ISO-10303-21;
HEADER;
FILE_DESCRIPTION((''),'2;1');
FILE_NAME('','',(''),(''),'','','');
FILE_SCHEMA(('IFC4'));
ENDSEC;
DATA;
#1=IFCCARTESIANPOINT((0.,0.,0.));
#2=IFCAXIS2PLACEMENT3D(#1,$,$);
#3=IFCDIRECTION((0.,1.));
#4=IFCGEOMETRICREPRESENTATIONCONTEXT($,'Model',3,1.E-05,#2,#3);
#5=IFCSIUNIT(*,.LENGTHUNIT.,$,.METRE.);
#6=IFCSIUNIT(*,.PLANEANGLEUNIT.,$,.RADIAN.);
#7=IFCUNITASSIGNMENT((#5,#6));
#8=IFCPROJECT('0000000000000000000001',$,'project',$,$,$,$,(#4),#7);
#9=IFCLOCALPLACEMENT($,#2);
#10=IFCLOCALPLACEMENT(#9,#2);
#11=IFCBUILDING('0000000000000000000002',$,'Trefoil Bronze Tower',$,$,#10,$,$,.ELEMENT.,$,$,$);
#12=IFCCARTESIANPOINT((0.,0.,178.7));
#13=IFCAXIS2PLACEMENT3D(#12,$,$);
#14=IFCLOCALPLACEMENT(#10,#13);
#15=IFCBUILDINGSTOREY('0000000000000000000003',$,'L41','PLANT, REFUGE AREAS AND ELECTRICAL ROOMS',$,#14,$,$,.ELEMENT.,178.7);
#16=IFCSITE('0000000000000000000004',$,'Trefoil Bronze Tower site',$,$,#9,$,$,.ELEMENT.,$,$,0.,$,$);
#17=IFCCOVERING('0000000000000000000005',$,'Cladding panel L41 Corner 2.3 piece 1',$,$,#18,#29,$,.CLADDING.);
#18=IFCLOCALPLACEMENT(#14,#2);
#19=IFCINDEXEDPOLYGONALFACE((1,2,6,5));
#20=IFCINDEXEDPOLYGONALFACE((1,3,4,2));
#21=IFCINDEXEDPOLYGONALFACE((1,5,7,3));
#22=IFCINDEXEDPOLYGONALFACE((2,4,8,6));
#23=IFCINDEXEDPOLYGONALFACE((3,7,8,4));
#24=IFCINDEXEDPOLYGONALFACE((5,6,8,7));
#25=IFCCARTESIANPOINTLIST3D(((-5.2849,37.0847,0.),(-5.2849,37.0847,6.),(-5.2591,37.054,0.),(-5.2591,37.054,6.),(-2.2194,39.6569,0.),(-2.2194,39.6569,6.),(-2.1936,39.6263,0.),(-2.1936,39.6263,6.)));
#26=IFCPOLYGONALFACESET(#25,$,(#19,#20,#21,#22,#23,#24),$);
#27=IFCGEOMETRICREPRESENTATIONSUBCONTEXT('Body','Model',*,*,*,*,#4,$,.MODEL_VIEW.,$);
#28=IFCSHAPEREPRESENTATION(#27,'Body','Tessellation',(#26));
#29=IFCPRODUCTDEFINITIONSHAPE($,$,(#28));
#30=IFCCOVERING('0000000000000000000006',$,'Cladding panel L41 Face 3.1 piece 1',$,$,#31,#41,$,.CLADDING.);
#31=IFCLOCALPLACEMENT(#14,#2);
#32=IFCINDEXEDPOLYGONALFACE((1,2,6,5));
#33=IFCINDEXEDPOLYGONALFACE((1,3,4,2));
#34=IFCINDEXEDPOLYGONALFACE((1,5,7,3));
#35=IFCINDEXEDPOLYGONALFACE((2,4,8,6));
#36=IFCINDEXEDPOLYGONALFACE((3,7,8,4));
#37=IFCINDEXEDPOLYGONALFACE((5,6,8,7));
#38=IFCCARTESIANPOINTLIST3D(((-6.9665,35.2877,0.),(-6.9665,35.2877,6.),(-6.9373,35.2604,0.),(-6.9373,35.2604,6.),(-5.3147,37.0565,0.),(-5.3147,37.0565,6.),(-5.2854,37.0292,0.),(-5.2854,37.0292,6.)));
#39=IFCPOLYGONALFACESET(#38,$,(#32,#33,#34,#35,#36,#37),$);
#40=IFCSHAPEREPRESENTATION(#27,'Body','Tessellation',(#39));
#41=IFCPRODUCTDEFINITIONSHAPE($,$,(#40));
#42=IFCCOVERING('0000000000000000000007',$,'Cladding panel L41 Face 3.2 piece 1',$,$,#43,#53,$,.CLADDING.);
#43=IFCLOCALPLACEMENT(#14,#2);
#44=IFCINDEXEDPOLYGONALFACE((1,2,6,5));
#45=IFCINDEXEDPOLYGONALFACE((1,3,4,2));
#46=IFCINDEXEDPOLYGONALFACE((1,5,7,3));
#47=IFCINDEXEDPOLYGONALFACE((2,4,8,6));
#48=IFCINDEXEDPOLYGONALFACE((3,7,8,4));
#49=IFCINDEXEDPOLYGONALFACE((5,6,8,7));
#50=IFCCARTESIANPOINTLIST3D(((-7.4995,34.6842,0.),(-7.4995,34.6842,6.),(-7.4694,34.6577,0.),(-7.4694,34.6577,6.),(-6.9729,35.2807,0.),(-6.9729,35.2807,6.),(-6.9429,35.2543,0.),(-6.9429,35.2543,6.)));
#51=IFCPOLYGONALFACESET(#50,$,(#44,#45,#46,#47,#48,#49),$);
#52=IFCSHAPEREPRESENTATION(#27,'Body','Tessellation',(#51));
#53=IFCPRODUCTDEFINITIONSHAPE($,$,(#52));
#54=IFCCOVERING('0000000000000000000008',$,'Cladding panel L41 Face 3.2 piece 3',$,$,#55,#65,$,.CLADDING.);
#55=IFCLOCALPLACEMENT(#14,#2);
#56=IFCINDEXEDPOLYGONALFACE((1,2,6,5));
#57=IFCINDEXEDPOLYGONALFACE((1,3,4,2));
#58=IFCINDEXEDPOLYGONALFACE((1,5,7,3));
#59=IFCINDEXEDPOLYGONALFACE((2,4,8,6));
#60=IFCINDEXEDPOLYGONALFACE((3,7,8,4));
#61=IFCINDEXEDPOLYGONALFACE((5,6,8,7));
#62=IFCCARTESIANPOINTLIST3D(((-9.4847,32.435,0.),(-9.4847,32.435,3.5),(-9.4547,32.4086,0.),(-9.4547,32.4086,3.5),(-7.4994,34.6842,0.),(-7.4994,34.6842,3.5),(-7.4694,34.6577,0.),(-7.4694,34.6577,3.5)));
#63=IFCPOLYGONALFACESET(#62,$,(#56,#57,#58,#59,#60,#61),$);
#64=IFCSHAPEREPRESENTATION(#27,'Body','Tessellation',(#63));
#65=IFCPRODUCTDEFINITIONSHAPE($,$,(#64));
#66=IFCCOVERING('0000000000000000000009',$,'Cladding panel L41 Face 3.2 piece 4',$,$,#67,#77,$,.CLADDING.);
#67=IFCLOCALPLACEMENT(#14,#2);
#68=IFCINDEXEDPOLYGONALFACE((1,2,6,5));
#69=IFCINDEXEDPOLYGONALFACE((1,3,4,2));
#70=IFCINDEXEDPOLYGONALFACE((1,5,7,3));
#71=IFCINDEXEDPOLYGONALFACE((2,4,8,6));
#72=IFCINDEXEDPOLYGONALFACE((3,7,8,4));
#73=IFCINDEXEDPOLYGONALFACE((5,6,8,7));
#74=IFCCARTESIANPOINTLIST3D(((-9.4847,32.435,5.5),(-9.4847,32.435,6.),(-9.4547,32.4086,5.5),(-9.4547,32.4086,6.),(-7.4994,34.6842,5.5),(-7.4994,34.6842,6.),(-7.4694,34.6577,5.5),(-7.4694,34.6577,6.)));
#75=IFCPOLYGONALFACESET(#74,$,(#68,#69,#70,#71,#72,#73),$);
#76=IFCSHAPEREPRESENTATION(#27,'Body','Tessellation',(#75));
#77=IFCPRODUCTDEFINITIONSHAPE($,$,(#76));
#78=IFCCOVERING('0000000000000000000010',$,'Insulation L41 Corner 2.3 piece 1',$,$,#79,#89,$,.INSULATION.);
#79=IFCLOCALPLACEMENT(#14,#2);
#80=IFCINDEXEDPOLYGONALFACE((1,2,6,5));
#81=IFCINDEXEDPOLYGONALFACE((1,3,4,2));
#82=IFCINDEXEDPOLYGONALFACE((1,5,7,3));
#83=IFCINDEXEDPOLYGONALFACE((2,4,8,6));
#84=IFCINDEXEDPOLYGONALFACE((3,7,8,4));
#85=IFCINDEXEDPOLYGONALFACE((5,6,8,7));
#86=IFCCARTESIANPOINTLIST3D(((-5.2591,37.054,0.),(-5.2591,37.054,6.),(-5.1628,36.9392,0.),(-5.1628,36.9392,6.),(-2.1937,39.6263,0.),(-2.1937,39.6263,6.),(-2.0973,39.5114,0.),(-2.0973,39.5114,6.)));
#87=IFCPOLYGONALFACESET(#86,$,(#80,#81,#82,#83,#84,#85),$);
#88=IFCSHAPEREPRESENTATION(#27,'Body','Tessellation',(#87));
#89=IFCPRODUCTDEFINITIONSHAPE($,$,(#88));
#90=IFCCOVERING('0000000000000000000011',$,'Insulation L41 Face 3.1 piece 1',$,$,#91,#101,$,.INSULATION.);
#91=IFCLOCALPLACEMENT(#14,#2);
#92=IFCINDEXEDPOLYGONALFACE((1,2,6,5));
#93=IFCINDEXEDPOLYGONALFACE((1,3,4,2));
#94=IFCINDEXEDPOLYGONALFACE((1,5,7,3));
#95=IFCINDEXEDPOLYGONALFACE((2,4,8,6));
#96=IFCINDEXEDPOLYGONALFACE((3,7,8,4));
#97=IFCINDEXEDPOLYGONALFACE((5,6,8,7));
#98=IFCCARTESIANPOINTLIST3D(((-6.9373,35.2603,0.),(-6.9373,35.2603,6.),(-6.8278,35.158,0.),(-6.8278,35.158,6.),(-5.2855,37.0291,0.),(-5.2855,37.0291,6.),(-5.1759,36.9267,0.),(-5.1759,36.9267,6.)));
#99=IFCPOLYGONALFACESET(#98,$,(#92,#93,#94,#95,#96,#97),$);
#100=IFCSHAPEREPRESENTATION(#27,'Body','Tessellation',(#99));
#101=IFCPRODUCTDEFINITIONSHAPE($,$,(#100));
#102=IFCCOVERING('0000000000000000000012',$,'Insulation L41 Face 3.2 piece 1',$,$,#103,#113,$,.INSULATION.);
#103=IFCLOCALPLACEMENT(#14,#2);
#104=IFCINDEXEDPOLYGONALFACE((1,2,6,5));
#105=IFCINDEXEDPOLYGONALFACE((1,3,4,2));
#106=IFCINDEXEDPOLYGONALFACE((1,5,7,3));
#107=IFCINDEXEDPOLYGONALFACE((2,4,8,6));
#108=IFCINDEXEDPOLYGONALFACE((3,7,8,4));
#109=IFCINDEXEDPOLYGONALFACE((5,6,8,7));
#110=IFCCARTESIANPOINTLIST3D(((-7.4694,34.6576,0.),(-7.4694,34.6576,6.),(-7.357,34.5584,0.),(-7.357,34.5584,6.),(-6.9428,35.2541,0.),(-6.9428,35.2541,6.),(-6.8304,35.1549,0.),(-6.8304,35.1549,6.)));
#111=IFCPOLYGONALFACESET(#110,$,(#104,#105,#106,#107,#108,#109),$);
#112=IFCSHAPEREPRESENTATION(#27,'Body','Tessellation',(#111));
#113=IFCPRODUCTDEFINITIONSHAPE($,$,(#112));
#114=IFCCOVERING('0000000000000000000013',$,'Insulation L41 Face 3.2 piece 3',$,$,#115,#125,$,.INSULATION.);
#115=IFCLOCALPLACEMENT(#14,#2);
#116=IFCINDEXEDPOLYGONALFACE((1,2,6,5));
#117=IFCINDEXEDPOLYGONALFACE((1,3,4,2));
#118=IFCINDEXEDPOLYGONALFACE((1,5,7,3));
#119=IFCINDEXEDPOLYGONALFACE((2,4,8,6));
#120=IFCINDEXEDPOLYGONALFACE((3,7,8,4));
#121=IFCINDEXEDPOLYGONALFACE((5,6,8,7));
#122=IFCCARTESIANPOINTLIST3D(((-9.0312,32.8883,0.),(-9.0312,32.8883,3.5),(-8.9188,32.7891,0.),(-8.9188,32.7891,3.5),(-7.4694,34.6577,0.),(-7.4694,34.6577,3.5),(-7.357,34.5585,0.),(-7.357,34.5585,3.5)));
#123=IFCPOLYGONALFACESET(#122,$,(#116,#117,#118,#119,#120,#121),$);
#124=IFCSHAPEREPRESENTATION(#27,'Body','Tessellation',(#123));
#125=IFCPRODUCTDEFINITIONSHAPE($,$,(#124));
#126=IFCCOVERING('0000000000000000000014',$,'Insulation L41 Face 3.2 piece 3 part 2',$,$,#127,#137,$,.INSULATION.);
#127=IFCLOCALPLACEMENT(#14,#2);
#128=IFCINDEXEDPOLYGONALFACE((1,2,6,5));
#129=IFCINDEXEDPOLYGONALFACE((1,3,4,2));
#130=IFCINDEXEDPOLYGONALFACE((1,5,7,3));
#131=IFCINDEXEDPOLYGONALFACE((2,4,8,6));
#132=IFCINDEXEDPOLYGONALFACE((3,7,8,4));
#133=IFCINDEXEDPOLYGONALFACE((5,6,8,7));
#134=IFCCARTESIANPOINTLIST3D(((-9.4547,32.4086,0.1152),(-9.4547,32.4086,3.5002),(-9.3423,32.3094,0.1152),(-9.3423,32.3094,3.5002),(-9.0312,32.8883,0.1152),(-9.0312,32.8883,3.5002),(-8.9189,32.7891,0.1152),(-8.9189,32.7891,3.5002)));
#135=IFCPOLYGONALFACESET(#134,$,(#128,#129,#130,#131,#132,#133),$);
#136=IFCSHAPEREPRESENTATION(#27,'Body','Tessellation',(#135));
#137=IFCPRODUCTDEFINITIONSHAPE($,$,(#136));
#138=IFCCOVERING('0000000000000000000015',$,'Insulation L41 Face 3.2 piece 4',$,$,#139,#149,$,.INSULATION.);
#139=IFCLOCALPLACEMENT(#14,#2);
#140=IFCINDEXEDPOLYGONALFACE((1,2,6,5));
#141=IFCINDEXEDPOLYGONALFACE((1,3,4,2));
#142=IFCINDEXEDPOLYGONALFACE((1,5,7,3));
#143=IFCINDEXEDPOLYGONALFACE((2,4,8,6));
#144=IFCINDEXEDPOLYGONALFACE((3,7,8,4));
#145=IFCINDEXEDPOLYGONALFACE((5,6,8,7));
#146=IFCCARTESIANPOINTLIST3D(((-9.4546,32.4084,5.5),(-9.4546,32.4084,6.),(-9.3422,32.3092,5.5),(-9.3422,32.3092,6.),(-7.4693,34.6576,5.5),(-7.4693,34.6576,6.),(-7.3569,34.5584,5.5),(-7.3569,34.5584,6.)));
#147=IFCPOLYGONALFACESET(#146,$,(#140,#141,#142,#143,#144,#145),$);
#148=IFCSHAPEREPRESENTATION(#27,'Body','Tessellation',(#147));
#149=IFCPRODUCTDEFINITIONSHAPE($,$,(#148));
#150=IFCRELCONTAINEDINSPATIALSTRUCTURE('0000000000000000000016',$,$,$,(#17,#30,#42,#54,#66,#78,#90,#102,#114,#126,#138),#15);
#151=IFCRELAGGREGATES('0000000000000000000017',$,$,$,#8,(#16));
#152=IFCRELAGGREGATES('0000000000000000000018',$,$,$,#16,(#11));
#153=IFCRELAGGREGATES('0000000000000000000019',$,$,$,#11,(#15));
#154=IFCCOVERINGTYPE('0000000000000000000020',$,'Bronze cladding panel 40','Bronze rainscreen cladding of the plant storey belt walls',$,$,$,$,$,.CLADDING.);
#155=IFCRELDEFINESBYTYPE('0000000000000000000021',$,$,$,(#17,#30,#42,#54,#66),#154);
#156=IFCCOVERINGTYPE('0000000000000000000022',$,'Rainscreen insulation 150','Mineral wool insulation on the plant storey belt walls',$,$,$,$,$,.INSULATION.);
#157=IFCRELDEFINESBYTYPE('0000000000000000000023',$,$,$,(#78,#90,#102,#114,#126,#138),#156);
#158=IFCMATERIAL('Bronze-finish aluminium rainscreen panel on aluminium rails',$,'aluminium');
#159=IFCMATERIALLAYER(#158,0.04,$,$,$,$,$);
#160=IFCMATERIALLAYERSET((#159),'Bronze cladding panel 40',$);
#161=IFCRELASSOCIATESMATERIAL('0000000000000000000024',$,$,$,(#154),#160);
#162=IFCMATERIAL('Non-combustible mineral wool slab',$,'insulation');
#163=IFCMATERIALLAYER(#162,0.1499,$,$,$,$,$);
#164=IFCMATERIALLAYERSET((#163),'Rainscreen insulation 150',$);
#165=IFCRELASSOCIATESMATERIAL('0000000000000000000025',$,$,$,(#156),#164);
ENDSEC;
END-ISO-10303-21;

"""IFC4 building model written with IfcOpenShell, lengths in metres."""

from ifc_helpers import new_model, si_unit, direction, frame, origin, origin_2d, place, context, subcontext, project, spatial, rectangle, extrude, material, layer, layer_set, type_object, element, save


model = new_model("IFC4")

# Units and contexts
model_context = context("Model", 3, precision=1e-05, world=origin(), true_north=direction((0.0, 1.0)))
body_context = subcontext(model_context, "Body", "Model", "MODEL_VIEW")
ifc_project = project(units=[si_unit("LENGTHUNIT", "METRE"), si_unit("PLANEANGLEUNIT", "RADIAN")], contexts=[model_context])

# Site, building, storey
site_placement = place(None, origin())
site = spatial("IfcSite", under=ifc_project, at=site_placement, Name="Trefoil Bronze Tower site", CompositionType="ELEMENT", RefElevation=0.0)
building_placement = place(site_placement, origin())
building = spatial("IfcBuilding", under=site, at=building_placement, Name="Trefoil Bronze Tower", CompositionType="ELEMENT")
storey_placement = place(building_placement, frame((0.0, 0.0, 178.7)))
storey = spatial("IfcBuildingStorey", under=building, at=storey_placement, Name="L41", Description="PLANT, REFUGE AREAS AND ELECTRICAL ROOMS", CompositionType="ELEMENT", Elevation=178.7)

# Coverings
ifc_material_1 = material(Name="Bronze-finish aluminium rainscreen panel on aluminium rails", Category="aluminium")
ifc_layer_1 = layer(ifc_material_1, 0.04)
ifc_layer_set_1 = layer_set([ifc_layer_1], Name="Bronze cladding panel 40")
covering_type_1 = type_object("IfcCoveringType", Name="Bronze cladding panel 40", Description="Bronze rainscreen cladding of the plant storey belt walls", PredefinedType="CLADDING", material=ifc_layer_set_1)
covering_1_placement = place(storey_placement, frame((-3.7393, 38.3555, 0.0), z_axis=(0.0, 0.0, 1.0), x_axis=(-0.766044, -0.642788, 0.0)))
element("IfcCovering", 1, at=covering_1_placement, inside=storey, type_object=covering_type_1, Name="Cladding panel L41 Corner 2.3 piece 1", PredefinedType="CLADDING", context=body_context, shape_type="SweptSolid", body=[
    extrude(rectangle(XDim=4.0017, YDim=0.04, at=origin_2d()), origin(), (0.0, 0.0, 1.0), 6.0),
])
covering_2_placement = place(storey_placement, frame((-6.126, 36.1584, 0.0), z_axis=(0.0, 0.0, 1.0), x_axis=(-0.682536, -0.730852, 0.0)))
element("IfcCovering", 2, at=covering_2_placement, inside=storey, type_object=covering_type_1, Name="Cladding panel L41 Face 3.1 piece 1", PredefinedType="CLADDING", context=body_context, shape_type="SweptSolid", body=[
    extrude(rectangle(XDim=2.4202, YDim=0.04, at=origin_2d()), origin(), (0.0, 0.0, 1.0), 6.0),
])
covering_3_placement = place(storey_placement, frame((-7.2212, 34.9692, 0.0), z_axis=(0.0, 0.0, 1.0), x_axis=(-0.661751, -0.749723, 0.0)))
element("IfcCovering", 3, at=covering_3_placement, inside=storey, type_object=covering_type_1, Name="Cladding panel L41 Face 3.2 piece 1", PredefinedType="CLADDING", context=body_context, shape_type="SweptSolid", body=[
    extrude(rectangle(XDim=0.7957, YDim=0.04, at=origin_2d()), origin(), (0.0, 0.0, 1.0), 6.0),
])
covering_4_placement = place(storey_placement, frame((-8.4771, 33.5464, 0.0), z_axis=(0.0, 0.0, 1.0), x_axis=(-0.661751, -0.749723, 0.0)))
element("IfcCovering", 4, at=covering_4_placement, inside=storey, type_object=covering_type_1, Name="Cladding panel L41 Face 3.2 piece 3", PredefinedType="CLADDING", context=body_context, shape_type="SweptSolid", body=[
    extrude(rectangle(XDim=3.0, YDim=0.04, at=origin_2d()), origin(), (0.0, 0.0, 1.0), 3.5),
])
covering_5_placement = place(storey_placement, frame((-8.4771, 33.5464, 5.5), z_axis=(0.0, 0.0, 1.0), x_axis=(-0.661751, -0.749723, 0.0)))
element("IfcCovering", 5, at=covering_5_placement, inside=storey, type_object=covering_type_1, Name="Cladding panel L41 Face 3.2 piece 4", PredefinedType="CLADDING", context=body_context, shape_type="SweptSolid", body=[
    extrude(rectangle(XDim=3.0, YDim=0.04, at=origin_2d()), origin(), (0.0, 0.0, 1.0), 0.5),
])
ifc_material_2 = material(Name="Non-combustible mineral wool slab", Category="insulation")
ifc_layer_2 = layer(ifc_material_2, 0.1499)
ifc_layer_set_2 = layer_set([ifc_layer_2], Name="Rainscreen insulation 150")
covering_type_2 = type_object("IfcCoveringType", Name="Rainscreen insulation 150", Description="Mineral wool insulation on the plant storey belt walls", PredefinedType="INSULATION", material=ifc_layer_set_2)
covering_6_placement = place(storey_placement, frame((-3.6782, 38.2827, 0.0), z_axis=(0.0, 0.0, 1.0), x_axis=(-0.766044, -0.642788, 0.0)))
element("IfcCovering", 6, at=covering_6_placement, inside=storey, type_object=covering_type_2, Name="Insulation L41 Corner 2.3 piece 1", PredefinedType="INSULATION", context=body_context, shape_type="SweptSolid", body=[
    extrude(rectangle(XDim=4.0017, YDim=0.1499, at=origin_2d()), origin(), (0.0, 0.0, 1.0), 6.0),
])
covering_7_placement = place(storey_placement, frame((-6.0566, 36.0935, 0.0), z_axis=(0.0, 0.0, 1.0), x_axis=(-0.682536, -0.730852, 0.0)))
element("IfcCovering", 7, at=covering_7_placement, inside=storey, type_object=covering_type_2, Name="Insulation L41 Face 3.1 piece 1", PredefinedType="INSULATION", context=body_context, shape_type="SweptSolid", body=[
    extrude(rectangle(XDim=2.4202, YDim=0.1499, at=origin_2d()), origin(), (0.0, 0.0, 1.0), 6.0),
])
covering_8_placement = place(storey_placement, frame((-7.1499, 34.9062, 0.0), z_axis=(0.0, 0.0, 1.0), x_axis=(-0.661751, -0.749723, 0.0)))
element("IfcCovering", 8, at=covering_8_placement, inside=storey, type_object=covering_type_2, Name="Insulation L41 Face 3.2 piece 1", PredefinedType="INSULATION", context=body_context, shape_type="SweptSolid", body=[
    extrude(rectangle(XDim=0.7957, YDim=0.1499, at=origin_2d()), origin(), (0.0, 0.0, 1.0), 6.0),
])
covering_9_placement = place(storey_placement, frame((-8.1941, 33.7234, 0.0), z_axis=(0.0, 0.0, 1.0), x_axis=(-0.661751, -0.749723, 0.0)))
element("IfcCovering", 9, at=covering_9_placement, inside=storey, type_object=covering_type_2, Name="Insulation L41 Face 3.2 piece 3", PredefinedType="INSULATION", context=body_context, shape_type="SweptSolid", body=[
    extrude(rectangle(XDim=2.3601, YDim=0.1499, at=origin_2d()), origin(), (0.0, 0.0, 1.0), 3.5),
])
covering_10_placement = place(storey_placement, frame((-9.1868, 32.5989, 0.1152), z_axis=(0.0, 0.0, 1.0), x_axis=(-0.661751, -0.749723, 0.0)))
element("IfcCovering", 10, at=covering_10_placement, inside=storey, type_object=covering_type_2, Name="Insulation L41 Face 3.2 piece 3 part 2", PredefinedType="INSULATION", context=body_context, shape_type="SweptSolid", body=[
    extrude(rectangle(XDim=0.6399, YDim=0.1499, at=origin_2d()), origin(), (0.0, 0.0, 1.0), 3.385),
])
covering_11_placement = place(storey_placement, frame((-8.4058, 33.4834, 5.5), z_axis=(0.0, 0.0, 1.0), x_axis=(-0.661751, -0.749723, 0.0)))
element("IfcCovering", 11, at=covering_11_placement, inside=storey, type_object=covering_type_2, Name="Insulation L41 Face 3.2 piece 4", PredefinedType="INSULATION", context=body_context, shape_type="SweptSolid", body=[
    extrude(rectangle(XDim=3.0, YDim=0.1499, at=origin_2d()), origin(), (0.0, 0.0, 1.0), 0.5),
])

save(model, "model.ifc")
